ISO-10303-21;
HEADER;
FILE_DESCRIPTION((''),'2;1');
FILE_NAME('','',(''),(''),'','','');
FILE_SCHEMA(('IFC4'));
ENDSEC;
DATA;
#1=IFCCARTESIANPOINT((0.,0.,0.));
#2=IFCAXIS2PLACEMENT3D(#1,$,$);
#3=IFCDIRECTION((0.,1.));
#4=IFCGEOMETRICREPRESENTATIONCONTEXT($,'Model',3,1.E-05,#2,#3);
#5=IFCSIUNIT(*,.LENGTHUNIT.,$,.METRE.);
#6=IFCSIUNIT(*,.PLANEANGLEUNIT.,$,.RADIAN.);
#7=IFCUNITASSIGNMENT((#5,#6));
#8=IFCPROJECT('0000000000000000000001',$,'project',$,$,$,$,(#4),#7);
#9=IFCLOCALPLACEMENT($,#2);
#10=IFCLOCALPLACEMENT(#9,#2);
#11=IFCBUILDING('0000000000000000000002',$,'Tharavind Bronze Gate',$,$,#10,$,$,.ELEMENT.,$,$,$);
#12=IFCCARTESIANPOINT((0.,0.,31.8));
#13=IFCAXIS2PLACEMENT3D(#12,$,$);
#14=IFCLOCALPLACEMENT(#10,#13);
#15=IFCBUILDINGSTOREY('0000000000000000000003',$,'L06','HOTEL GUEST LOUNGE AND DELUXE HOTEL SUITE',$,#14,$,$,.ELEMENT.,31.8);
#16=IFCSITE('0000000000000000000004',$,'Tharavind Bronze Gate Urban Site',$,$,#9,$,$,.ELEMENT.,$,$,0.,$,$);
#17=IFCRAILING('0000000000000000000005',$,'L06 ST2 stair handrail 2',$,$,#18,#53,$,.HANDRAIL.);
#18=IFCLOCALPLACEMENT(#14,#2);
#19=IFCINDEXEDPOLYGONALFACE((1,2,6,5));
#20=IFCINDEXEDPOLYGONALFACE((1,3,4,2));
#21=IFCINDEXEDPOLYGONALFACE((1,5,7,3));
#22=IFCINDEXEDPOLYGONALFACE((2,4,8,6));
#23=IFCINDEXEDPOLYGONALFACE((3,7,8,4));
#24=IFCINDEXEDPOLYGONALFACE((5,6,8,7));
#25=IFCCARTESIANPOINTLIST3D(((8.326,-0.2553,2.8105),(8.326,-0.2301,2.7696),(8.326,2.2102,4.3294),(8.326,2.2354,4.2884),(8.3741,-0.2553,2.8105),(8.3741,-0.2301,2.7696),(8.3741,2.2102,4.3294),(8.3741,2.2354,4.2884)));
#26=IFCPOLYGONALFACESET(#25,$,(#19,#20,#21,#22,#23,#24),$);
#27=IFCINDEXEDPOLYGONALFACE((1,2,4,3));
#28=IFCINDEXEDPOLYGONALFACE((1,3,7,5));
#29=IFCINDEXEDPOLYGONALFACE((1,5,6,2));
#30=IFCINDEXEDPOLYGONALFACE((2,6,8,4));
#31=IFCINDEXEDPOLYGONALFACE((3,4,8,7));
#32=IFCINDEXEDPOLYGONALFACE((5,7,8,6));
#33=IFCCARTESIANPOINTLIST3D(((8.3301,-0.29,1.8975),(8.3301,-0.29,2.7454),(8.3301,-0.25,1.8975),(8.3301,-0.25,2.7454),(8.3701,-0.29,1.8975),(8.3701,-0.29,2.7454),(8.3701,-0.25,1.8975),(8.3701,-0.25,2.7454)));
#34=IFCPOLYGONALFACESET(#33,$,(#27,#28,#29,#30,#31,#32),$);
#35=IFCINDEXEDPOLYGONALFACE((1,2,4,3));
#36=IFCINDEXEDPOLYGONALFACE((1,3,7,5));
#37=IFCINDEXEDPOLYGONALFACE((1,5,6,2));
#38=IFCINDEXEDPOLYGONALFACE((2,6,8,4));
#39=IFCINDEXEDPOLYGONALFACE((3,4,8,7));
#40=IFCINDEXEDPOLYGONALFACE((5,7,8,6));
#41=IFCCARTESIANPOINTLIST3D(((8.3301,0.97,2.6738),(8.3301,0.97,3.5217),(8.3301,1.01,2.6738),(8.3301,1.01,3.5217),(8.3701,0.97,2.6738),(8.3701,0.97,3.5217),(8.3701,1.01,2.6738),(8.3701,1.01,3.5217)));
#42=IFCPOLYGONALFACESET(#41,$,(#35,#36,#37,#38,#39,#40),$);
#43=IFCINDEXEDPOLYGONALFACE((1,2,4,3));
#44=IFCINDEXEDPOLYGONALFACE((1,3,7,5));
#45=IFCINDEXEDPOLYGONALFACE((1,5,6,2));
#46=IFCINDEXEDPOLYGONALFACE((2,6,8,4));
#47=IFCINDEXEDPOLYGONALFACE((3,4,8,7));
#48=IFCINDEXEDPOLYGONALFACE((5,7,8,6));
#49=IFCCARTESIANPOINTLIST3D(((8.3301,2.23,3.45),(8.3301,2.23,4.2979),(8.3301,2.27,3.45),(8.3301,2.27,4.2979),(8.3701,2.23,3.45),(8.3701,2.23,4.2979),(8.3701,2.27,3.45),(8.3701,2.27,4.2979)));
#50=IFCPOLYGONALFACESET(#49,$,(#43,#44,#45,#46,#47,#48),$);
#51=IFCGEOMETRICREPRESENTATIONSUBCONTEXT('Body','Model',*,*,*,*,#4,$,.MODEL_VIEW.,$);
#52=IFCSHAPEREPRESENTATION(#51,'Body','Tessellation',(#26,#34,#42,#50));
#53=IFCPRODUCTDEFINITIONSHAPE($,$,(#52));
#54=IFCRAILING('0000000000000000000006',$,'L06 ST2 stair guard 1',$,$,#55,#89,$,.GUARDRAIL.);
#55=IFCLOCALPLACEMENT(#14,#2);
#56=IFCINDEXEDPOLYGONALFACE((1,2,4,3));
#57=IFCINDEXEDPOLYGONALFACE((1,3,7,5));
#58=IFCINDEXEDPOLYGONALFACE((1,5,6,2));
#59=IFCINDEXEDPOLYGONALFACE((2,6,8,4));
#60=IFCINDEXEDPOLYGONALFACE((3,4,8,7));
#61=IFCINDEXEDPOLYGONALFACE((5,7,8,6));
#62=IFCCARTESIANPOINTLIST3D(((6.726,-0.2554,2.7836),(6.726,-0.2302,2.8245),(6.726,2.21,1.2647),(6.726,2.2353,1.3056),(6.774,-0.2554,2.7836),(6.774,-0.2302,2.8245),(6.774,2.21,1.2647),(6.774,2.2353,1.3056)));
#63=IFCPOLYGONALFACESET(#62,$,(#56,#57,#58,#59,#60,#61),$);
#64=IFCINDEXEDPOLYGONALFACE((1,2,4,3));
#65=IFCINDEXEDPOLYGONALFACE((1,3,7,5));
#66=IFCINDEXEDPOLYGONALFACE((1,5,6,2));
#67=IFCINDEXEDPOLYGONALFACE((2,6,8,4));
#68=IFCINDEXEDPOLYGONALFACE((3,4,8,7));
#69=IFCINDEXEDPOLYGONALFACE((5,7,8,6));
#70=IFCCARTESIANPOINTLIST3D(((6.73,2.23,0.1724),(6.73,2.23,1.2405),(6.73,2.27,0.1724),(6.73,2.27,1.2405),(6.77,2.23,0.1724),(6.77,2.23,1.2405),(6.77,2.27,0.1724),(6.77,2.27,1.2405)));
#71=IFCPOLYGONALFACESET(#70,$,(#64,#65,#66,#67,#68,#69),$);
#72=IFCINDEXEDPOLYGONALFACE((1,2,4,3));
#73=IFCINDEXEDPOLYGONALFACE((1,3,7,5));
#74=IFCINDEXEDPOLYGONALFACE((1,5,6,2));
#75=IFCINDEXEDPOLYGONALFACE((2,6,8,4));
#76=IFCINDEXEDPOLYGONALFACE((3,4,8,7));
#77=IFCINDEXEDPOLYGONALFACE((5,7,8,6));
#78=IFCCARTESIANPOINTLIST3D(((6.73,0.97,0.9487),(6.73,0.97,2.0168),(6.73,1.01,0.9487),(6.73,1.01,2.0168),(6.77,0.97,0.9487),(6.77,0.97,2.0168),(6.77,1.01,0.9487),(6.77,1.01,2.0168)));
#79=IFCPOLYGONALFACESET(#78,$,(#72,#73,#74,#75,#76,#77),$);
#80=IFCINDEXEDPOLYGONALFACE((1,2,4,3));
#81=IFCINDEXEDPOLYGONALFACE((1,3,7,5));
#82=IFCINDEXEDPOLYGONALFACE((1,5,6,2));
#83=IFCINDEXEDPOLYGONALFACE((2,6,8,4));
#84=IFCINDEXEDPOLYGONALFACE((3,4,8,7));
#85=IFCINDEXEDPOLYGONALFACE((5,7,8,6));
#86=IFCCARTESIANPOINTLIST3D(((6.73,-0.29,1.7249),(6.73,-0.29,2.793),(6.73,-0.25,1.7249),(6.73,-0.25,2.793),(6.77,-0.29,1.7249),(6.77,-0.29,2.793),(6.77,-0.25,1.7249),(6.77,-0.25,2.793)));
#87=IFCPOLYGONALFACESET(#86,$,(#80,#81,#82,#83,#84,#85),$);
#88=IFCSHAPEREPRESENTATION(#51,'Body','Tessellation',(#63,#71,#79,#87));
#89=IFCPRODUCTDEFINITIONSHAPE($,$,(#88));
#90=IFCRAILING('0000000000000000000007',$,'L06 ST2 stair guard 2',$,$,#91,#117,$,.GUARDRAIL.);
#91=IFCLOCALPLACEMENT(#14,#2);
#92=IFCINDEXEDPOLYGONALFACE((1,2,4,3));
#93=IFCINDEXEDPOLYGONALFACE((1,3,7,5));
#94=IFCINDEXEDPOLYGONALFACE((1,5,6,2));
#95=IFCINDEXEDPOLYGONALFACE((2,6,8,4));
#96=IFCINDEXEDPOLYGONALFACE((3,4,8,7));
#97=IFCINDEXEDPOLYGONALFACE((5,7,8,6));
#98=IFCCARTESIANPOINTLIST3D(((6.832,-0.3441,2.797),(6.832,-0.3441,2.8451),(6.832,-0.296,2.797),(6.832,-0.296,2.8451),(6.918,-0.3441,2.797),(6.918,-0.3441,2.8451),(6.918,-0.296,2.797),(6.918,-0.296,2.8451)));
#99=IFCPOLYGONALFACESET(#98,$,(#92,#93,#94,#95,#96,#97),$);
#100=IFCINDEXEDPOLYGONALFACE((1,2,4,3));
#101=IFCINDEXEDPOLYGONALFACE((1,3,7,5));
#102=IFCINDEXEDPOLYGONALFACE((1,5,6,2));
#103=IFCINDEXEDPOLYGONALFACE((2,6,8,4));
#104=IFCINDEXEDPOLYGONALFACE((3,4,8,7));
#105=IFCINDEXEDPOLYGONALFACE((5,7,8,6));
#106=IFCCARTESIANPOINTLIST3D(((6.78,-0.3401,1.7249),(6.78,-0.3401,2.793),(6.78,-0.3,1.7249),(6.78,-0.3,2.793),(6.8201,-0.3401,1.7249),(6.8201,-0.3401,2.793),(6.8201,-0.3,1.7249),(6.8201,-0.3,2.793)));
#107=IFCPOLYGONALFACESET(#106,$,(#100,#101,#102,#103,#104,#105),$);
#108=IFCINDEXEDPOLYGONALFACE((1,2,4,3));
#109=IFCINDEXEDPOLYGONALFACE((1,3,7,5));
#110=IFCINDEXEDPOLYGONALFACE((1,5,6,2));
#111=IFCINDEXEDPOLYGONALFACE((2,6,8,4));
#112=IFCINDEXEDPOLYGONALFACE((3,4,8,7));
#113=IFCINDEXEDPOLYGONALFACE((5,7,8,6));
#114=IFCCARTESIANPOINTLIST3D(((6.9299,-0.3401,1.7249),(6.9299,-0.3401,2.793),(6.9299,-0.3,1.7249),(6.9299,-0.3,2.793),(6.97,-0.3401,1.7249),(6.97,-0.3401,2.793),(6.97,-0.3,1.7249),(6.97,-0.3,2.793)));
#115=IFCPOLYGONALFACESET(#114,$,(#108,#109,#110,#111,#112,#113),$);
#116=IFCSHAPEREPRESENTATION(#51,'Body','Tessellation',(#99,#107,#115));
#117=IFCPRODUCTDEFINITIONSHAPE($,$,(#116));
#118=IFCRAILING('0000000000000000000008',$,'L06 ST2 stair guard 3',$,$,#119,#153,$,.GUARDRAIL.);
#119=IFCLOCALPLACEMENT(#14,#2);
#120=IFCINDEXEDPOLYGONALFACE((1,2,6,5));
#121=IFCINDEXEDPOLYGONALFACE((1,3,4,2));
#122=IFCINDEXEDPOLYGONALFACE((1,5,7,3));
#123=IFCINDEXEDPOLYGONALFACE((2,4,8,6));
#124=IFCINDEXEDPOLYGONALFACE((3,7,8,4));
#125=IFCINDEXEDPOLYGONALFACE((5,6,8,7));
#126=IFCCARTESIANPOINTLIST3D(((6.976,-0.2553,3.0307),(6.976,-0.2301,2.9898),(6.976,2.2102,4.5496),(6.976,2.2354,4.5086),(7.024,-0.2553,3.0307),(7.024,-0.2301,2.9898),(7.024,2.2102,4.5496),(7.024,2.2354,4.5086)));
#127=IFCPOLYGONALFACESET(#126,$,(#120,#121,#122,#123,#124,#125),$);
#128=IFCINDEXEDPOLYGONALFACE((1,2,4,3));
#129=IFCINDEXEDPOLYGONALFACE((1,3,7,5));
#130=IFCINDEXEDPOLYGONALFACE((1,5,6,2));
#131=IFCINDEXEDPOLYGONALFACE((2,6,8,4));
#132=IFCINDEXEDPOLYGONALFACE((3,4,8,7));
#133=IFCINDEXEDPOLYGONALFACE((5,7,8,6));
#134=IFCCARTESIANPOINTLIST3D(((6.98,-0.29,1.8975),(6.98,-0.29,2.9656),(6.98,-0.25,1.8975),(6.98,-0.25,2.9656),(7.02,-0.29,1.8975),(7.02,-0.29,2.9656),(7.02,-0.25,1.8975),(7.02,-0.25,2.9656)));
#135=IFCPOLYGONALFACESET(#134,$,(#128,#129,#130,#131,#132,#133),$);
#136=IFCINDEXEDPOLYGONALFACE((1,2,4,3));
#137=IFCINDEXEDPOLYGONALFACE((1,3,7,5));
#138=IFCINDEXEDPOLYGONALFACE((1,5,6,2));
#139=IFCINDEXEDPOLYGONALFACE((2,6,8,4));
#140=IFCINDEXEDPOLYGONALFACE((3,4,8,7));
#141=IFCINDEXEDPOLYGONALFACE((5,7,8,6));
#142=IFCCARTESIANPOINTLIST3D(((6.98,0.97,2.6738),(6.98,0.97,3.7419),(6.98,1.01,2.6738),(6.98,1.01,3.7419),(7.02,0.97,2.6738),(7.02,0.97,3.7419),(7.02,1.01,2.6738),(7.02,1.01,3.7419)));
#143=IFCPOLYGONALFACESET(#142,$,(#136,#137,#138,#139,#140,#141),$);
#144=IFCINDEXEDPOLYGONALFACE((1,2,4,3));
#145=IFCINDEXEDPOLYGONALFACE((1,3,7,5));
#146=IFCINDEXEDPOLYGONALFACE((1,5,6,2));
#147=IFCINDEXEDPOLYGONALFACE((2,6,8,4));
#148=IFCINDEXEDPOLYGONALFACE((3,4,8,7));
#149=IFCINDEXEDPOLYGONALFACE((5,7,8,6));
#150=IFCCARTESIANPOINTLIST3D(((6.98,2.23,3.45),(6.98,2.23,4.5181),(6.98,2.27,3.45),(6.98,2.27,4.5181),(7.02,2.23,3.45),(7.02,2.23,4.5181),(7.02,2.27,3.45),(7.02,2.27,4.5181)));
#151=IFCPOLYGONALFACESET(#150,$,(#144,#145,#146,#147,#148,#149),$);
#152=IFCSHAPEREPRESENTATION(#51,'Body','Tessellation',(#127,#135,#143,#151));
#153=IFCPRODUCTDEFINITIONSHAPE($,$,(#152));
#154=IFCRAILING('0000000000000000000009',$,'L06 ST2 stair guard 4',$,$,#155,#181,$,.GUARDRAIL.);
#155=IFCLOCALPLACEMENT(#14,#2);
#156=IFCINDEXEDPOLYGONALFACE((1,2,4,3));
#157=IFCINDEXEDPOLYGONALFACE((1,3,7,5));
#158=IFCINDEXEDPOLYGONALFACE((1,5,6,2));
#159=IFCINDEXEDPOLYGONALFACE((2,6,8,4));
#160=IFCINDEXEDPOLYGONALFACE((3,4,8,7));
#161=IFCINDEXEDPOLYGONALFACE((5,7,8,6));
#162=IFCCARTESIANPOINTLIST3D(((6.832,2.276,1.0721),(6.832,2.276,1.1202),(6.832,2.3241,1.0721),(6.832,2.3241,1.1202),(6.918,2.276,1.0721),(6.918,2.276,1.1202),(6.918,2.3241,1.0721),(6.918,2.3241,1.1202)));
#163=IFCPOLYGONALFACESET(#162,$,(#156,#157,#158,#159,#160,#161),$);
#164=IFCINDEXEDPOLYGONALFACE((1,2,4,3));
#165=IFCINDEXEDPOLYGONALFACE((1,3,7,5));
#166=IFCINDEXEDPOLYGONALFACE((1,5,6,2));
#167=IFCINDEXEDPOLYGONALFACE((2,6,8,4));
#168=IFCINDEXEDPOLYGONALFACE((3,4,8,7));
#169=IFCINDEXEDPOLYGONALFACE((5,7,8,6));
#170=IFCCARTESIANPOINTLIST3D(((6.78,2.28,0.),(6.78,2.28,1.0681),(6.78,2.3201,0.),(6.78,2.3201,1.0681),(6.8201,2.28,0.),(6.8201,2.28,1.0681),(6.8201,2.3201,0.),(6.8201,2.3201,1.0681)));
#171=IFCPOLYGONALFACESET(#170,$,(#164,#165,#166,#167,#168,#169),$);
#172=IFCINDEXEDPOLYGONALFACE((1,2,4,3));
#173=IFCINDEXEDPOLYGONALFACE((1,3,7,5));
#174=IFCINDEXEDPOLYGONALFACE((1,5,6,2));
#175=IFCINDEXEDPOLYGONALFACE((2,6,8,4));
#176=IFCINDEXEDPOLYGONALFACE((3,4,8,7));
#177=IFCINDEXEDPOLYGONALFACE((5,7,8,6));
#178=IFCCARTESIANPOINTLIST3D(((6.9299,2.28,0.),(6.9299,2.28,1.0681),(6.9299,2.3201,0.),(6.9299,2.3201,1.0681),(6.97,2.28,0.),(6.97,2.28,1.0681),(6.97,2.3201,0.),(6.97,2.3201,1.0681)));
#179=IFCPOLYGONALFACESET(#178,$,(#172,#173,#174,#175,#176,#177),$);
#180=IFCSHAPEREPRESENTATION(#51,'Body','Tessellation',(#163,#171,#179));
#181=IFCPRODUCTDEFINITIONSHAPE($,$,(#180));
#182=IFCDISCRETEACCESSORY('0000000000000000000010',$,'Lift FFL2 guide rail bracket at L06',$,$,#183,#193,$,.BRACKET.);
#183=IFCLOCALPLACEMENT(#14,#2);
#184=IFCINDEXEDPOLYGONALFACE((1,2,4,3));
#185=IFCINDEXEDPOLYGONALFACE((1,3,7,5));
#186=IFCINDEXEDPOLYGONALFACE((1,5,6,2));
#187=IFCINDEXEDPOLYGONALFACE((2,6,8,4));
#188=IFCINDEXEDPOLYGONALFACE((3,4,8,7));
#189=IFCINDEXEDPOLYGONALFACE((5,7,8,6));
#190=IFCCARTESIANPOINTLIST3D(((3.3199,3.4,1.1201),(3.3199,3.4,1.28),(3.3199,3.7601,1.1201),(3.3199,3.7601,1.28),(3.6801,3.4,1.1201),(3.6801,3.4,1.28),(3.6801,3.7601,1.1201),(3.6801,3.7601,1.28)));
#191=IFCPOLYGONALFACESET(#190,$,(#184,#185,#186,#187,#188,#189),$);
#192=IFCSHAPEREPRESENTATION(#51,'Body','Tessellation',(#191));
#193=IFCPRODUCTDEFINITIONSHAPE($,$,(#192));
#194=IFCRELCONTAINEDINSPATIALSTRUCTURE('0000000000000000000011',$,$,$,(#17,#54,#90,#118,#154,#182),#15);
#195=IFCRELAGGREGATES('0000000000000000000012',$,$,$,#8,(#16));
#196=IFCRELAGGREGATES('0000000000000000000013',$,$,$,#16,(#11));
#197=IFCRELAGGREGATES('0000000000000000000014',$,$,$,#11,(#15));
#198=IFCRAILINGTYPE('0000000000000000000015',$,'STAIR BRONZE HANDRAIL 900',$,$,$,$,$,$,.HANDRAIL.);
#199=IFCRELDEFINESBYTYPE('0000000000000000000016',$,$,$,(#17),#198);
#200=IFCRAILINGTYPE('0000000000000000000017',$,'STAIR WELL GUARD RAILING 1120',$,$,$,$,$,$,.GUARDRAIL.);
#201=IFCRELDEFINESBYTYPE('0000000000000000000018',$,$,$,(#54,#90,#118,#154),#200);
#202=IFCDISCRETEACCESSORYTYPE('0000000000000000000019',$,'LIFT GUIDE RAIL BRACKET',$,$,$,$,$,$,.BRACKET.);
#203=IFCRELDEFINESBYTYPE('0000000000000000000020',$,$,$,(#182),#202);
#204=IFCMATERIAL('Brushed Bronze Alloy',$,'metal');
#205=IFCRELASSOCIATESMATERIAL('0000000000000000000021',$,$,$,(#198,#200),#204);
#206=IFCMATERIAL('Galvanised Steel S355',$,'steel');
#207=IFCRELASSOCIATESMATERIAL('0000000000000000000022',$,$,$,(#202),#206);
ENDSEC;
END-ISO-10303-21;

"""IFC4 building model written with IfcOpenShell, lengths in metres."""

from ifc_helpers import new_model, si_unit, direction, frame, origin, origin_2d, place, context, subcontext, project, spatial, rectangle, extrude, material, type_object, element, save


model = new_model("IFC4")

# Units and contexts
model_context = context("Model", 3, precision=1e-05, world=origin(), true_north=direction((0.0, 1.0)))
body_context = subcontext(model_context, "Body", "Model", "MODEL_VIEW")
ifc_project = project(units=[si_unit("LENGTHUNIT", "METRE"), si_unit("PLANEANGLEUNIT", "RADIAN")], contexts=[model_context])

# Site, building, storey
site_placement = place(None, origin())
site = spatial("IfcSite", under=ifc_project, at=site_placement, Name="Tharavind Bronze Gate Urban Site", CompositionType="ELEMENT", RefElevation=0.0)
building_placement = place(site_placement, origin())
building = spatial("IfcBuilding", under=site, at=building_placement, Name="Tharavind Bronze Gate", CompositionType="ELEMENT")
storey_placement = place(building_placement, frame((0.0, 0.0, 31.8)))
storey = spatial("IfcBuildingStorey", under=building, at=storey_placement, Name="L06", Description="HOTEL GUEST LOUNGE AND DELUXE HOTEL SUITE", CompositionType="ELEMENT", Elevation=31.8)

# Railings
ifc_material_1 = material(Name="Brushed Bronze Alloy", Category="metal")
railing_type_1 = type_object("IfcRailingType", Name="STAIR BRONZE HANDRAIL 900", PredefinedType="HANDRAIL", material=ifc_material_1)
railing_1_placement = place(storey_placement, frame((8.3501, -0.27, 1.8975)))
element("IfcRailing", 1, at=railing_1_placement, inside=storey, type_object=railing_type_1, Name="L06 ST2 stair handrail 2", PredefinedType="HANDRAIL", context=body_context, shape_type="SweptSolid", body=[
    extrude(rectangle(XDim=0.0481, YDim=0.0481, at=origin_2d()), frame((0.0, 0.0273, 0.8926), z_axis=(0.0, 0.8514, 0.524516), x_axis=(-1.0, 0.0, 0.0)), (0.0, 0.0, 1.0), 2.8958),
    extrude(rectangle(XDim=0.04, YDim=0.04, at=origin_2d()), origin(), (0.0, 0.0, 1.0), 0.8479),
    extrude(rectangle(XDim=0.04, YDim=0.04, at=origin_2d()), frame((0.0, 1.26, 0.7764)), (0.0, 0.0, 1.0), 0.8479),
    extrude(rectangle(XDim=0.04, YDim=0.04, at=origin_2d()), frame((0.0, 2.52, 1.5525)), (0.0, 0.0, 1.0), 0.8479),
])
railing_type_2 = type_object("IfcRailingType", Name="STAIR WELL GUARD RAILING 1120", PredefinedType="GUARDRAIL", material=ifc_material_1)
railing_2_placement = place(storey_placement, frame((6.75, 2.25, 0.1724)))
element("IfcRailing", 2, at=railing_2_placement, inside=storey, type_object=railing_type_2, Name="L06 ST2 stair guard 1", PredefinedType="GUARDRAIL", context=body_context, shape_type="SweptSolid", body=[
    extrude(rectangle(XDim=0.0481, YDim=0.0481, at=origin_2d()), frame((0.0, -0.0273, 1.1128), z_axis=(0.0, -0.8514, 0.524516), x_axis=(1.0, 0.0, 0.0)), (0.0, 0.0, 1.0), 2.8958),
    extrude(rectangle(XDim=0.04, YDim=0.04, at=origin_2d()), origin(), (0.0, 0.0, 1.0), 1.0681),
    extrude(rectangle(XDim=0.04, YDim=0.04, at=origin_2d()), frame((0.0, -1.26, 0.7764)), (0.0, 0.0, 1.0), 1.0681),
    extrude(rectangle(XDim=0.04, YDim=0.04, at=origin_2d()), frame((0.0, -2.52, 1.5525)), (0.0, 0.0, 1.0), 1.0681),
])
railing_3_placement = place(storey_placement, frame((6.8, -0.3201, 1.7249)))
element("IfcRailing", 3, at=railing_3_placement, inside=storey, type_object=railing_type_2, Name="L06 ST2 stair guard 2", PredefinedType="GUARDRAIL", context=body_context, shape_type="SweptSolid", body=[
    extrude(rectangle(XDim=0.0481, YDim=0.0481, at=origin_2d()), frame((0.032, 0.0, 1.0962), z_axis=(1.0, 0.0, 0.0), x_axis=(0.0, 1.0, 0.0)), (0.0, 0.0, 1.0), 0.0859),
    extrude(rectangle(XDim=0.04, YDim=0.04, at=origin_2d()), origin(), (0.0, 0.0, 1.0), 1.0681),
    extrude(rectangle(XDim=0.04, YDim=0.04, at=origin_2d()), frame((0.1499, 0.0, 0.0)), (0.0, 0.0, 1.0), 1.0681),
])
railing_4_placement = place(storey_placement, frame((7.0, -0.27, 1.8975)))
element("IfcRailing", 4, at=railing_4_placement, inside=storey, type_object=railing_type_2, Name="L06 ST2 stair guard 3", PredefinedType="GUARDRAIL", context=body_context, shape_type="SweptSolid", body=[
    extrude(rectangle(XDim=0.0481, YDim=0.0481, at=origin_2d()), frame((0.0, 0.0273, 1.1128), z_axis=(0.0, 0.8514, 0.524516), x_axis=(-1.0, 0.0, 0.0)), (0.0, 0.0, 1.0), 2.8958),
    extrude(rectangle(XDim=0.04, YDim=0.04, at=origin_2d()), origin(), (0.0, 0.0, 1.0), 1.0681),
    extrude(rectangle(XDim=0.04, YDim=0.04, at=origin_2d()), frame((0.0, 1.26, 0.7764)), (0.0, 0.0, 1.0), 1.0681),
    extrude(rectangle(XDim=0.04, YDim=0.04, at=origin_2d()), frame((0.0, 2.52, 1.5525)), (0.0, 0.0, 1.0), 1.0681),
])
railing_5_placement = place(storey_placement, frame((6.8, 2.3, 0.0)))
element("IfcRailing", 5, at=railing_5_placement, inside=storey, type_object=railing_type_2, Name="L06 ST2 stair guard 4", PredefinedType="GUARDRAIL", context=body_context, shape_type="SweptSolid", body=[
    extrude(rectangle(XDim=0.0481, YDim=0.0481, at=origin_2d()), frame((0.032, 0.0, 1.0962), z_axis=(1.0, 0.0, 0.0), x_axis=(0.0, 1.0, 0.0)), (0.0, 0.0, 1.0), 0.0859),
    extrude(rectangle(XDim=0.04, YDim=0.04, at=origin_2d()), origin(), (0.0, 0.0, 1.0), 1.0681),
    extrude(rectangle(XDim=0.04, YDim=0.04, at=origin_2d()), frame((0.1499, 0.0, 0.0)), (0.0, 0.0, 1.0), 1.0681),
])

# Discrete accessory
ifc_material_2 = material(Name="Galvanised Steel S355", Category="steel")
discrete_accessory_type = type_object("IfcDiscreteAccessoryType", Name="LIFT GUIDE RAIL BRACKET", PredefinedType="BRACKET", material=ifc_material_2)
discrete_accessory_placement = place(storey_placement, frame((3.5, 3.5801, 1.1201), z_axis=(0.0, 0.0, 1.0), x_axis=(1.0, 0.0, 0.0)))
element("IfcDiscreteAccessory", 6, at=discrete_accessory_placement, inside=storey, type_object=discrete_accessory_type, Name="Lift FFL2 guide rail bracket at L06", PredefinedType="BRACKET", context=body_context, shape_type="SweptSolid", body=[
    extrude(rectangle(XDim=0.3601, YDim=0.3601, at=origin_2d()), origin(), (0.0, 0.0, 1.0), 0.1599),
])

save(model, "model.ifc")
